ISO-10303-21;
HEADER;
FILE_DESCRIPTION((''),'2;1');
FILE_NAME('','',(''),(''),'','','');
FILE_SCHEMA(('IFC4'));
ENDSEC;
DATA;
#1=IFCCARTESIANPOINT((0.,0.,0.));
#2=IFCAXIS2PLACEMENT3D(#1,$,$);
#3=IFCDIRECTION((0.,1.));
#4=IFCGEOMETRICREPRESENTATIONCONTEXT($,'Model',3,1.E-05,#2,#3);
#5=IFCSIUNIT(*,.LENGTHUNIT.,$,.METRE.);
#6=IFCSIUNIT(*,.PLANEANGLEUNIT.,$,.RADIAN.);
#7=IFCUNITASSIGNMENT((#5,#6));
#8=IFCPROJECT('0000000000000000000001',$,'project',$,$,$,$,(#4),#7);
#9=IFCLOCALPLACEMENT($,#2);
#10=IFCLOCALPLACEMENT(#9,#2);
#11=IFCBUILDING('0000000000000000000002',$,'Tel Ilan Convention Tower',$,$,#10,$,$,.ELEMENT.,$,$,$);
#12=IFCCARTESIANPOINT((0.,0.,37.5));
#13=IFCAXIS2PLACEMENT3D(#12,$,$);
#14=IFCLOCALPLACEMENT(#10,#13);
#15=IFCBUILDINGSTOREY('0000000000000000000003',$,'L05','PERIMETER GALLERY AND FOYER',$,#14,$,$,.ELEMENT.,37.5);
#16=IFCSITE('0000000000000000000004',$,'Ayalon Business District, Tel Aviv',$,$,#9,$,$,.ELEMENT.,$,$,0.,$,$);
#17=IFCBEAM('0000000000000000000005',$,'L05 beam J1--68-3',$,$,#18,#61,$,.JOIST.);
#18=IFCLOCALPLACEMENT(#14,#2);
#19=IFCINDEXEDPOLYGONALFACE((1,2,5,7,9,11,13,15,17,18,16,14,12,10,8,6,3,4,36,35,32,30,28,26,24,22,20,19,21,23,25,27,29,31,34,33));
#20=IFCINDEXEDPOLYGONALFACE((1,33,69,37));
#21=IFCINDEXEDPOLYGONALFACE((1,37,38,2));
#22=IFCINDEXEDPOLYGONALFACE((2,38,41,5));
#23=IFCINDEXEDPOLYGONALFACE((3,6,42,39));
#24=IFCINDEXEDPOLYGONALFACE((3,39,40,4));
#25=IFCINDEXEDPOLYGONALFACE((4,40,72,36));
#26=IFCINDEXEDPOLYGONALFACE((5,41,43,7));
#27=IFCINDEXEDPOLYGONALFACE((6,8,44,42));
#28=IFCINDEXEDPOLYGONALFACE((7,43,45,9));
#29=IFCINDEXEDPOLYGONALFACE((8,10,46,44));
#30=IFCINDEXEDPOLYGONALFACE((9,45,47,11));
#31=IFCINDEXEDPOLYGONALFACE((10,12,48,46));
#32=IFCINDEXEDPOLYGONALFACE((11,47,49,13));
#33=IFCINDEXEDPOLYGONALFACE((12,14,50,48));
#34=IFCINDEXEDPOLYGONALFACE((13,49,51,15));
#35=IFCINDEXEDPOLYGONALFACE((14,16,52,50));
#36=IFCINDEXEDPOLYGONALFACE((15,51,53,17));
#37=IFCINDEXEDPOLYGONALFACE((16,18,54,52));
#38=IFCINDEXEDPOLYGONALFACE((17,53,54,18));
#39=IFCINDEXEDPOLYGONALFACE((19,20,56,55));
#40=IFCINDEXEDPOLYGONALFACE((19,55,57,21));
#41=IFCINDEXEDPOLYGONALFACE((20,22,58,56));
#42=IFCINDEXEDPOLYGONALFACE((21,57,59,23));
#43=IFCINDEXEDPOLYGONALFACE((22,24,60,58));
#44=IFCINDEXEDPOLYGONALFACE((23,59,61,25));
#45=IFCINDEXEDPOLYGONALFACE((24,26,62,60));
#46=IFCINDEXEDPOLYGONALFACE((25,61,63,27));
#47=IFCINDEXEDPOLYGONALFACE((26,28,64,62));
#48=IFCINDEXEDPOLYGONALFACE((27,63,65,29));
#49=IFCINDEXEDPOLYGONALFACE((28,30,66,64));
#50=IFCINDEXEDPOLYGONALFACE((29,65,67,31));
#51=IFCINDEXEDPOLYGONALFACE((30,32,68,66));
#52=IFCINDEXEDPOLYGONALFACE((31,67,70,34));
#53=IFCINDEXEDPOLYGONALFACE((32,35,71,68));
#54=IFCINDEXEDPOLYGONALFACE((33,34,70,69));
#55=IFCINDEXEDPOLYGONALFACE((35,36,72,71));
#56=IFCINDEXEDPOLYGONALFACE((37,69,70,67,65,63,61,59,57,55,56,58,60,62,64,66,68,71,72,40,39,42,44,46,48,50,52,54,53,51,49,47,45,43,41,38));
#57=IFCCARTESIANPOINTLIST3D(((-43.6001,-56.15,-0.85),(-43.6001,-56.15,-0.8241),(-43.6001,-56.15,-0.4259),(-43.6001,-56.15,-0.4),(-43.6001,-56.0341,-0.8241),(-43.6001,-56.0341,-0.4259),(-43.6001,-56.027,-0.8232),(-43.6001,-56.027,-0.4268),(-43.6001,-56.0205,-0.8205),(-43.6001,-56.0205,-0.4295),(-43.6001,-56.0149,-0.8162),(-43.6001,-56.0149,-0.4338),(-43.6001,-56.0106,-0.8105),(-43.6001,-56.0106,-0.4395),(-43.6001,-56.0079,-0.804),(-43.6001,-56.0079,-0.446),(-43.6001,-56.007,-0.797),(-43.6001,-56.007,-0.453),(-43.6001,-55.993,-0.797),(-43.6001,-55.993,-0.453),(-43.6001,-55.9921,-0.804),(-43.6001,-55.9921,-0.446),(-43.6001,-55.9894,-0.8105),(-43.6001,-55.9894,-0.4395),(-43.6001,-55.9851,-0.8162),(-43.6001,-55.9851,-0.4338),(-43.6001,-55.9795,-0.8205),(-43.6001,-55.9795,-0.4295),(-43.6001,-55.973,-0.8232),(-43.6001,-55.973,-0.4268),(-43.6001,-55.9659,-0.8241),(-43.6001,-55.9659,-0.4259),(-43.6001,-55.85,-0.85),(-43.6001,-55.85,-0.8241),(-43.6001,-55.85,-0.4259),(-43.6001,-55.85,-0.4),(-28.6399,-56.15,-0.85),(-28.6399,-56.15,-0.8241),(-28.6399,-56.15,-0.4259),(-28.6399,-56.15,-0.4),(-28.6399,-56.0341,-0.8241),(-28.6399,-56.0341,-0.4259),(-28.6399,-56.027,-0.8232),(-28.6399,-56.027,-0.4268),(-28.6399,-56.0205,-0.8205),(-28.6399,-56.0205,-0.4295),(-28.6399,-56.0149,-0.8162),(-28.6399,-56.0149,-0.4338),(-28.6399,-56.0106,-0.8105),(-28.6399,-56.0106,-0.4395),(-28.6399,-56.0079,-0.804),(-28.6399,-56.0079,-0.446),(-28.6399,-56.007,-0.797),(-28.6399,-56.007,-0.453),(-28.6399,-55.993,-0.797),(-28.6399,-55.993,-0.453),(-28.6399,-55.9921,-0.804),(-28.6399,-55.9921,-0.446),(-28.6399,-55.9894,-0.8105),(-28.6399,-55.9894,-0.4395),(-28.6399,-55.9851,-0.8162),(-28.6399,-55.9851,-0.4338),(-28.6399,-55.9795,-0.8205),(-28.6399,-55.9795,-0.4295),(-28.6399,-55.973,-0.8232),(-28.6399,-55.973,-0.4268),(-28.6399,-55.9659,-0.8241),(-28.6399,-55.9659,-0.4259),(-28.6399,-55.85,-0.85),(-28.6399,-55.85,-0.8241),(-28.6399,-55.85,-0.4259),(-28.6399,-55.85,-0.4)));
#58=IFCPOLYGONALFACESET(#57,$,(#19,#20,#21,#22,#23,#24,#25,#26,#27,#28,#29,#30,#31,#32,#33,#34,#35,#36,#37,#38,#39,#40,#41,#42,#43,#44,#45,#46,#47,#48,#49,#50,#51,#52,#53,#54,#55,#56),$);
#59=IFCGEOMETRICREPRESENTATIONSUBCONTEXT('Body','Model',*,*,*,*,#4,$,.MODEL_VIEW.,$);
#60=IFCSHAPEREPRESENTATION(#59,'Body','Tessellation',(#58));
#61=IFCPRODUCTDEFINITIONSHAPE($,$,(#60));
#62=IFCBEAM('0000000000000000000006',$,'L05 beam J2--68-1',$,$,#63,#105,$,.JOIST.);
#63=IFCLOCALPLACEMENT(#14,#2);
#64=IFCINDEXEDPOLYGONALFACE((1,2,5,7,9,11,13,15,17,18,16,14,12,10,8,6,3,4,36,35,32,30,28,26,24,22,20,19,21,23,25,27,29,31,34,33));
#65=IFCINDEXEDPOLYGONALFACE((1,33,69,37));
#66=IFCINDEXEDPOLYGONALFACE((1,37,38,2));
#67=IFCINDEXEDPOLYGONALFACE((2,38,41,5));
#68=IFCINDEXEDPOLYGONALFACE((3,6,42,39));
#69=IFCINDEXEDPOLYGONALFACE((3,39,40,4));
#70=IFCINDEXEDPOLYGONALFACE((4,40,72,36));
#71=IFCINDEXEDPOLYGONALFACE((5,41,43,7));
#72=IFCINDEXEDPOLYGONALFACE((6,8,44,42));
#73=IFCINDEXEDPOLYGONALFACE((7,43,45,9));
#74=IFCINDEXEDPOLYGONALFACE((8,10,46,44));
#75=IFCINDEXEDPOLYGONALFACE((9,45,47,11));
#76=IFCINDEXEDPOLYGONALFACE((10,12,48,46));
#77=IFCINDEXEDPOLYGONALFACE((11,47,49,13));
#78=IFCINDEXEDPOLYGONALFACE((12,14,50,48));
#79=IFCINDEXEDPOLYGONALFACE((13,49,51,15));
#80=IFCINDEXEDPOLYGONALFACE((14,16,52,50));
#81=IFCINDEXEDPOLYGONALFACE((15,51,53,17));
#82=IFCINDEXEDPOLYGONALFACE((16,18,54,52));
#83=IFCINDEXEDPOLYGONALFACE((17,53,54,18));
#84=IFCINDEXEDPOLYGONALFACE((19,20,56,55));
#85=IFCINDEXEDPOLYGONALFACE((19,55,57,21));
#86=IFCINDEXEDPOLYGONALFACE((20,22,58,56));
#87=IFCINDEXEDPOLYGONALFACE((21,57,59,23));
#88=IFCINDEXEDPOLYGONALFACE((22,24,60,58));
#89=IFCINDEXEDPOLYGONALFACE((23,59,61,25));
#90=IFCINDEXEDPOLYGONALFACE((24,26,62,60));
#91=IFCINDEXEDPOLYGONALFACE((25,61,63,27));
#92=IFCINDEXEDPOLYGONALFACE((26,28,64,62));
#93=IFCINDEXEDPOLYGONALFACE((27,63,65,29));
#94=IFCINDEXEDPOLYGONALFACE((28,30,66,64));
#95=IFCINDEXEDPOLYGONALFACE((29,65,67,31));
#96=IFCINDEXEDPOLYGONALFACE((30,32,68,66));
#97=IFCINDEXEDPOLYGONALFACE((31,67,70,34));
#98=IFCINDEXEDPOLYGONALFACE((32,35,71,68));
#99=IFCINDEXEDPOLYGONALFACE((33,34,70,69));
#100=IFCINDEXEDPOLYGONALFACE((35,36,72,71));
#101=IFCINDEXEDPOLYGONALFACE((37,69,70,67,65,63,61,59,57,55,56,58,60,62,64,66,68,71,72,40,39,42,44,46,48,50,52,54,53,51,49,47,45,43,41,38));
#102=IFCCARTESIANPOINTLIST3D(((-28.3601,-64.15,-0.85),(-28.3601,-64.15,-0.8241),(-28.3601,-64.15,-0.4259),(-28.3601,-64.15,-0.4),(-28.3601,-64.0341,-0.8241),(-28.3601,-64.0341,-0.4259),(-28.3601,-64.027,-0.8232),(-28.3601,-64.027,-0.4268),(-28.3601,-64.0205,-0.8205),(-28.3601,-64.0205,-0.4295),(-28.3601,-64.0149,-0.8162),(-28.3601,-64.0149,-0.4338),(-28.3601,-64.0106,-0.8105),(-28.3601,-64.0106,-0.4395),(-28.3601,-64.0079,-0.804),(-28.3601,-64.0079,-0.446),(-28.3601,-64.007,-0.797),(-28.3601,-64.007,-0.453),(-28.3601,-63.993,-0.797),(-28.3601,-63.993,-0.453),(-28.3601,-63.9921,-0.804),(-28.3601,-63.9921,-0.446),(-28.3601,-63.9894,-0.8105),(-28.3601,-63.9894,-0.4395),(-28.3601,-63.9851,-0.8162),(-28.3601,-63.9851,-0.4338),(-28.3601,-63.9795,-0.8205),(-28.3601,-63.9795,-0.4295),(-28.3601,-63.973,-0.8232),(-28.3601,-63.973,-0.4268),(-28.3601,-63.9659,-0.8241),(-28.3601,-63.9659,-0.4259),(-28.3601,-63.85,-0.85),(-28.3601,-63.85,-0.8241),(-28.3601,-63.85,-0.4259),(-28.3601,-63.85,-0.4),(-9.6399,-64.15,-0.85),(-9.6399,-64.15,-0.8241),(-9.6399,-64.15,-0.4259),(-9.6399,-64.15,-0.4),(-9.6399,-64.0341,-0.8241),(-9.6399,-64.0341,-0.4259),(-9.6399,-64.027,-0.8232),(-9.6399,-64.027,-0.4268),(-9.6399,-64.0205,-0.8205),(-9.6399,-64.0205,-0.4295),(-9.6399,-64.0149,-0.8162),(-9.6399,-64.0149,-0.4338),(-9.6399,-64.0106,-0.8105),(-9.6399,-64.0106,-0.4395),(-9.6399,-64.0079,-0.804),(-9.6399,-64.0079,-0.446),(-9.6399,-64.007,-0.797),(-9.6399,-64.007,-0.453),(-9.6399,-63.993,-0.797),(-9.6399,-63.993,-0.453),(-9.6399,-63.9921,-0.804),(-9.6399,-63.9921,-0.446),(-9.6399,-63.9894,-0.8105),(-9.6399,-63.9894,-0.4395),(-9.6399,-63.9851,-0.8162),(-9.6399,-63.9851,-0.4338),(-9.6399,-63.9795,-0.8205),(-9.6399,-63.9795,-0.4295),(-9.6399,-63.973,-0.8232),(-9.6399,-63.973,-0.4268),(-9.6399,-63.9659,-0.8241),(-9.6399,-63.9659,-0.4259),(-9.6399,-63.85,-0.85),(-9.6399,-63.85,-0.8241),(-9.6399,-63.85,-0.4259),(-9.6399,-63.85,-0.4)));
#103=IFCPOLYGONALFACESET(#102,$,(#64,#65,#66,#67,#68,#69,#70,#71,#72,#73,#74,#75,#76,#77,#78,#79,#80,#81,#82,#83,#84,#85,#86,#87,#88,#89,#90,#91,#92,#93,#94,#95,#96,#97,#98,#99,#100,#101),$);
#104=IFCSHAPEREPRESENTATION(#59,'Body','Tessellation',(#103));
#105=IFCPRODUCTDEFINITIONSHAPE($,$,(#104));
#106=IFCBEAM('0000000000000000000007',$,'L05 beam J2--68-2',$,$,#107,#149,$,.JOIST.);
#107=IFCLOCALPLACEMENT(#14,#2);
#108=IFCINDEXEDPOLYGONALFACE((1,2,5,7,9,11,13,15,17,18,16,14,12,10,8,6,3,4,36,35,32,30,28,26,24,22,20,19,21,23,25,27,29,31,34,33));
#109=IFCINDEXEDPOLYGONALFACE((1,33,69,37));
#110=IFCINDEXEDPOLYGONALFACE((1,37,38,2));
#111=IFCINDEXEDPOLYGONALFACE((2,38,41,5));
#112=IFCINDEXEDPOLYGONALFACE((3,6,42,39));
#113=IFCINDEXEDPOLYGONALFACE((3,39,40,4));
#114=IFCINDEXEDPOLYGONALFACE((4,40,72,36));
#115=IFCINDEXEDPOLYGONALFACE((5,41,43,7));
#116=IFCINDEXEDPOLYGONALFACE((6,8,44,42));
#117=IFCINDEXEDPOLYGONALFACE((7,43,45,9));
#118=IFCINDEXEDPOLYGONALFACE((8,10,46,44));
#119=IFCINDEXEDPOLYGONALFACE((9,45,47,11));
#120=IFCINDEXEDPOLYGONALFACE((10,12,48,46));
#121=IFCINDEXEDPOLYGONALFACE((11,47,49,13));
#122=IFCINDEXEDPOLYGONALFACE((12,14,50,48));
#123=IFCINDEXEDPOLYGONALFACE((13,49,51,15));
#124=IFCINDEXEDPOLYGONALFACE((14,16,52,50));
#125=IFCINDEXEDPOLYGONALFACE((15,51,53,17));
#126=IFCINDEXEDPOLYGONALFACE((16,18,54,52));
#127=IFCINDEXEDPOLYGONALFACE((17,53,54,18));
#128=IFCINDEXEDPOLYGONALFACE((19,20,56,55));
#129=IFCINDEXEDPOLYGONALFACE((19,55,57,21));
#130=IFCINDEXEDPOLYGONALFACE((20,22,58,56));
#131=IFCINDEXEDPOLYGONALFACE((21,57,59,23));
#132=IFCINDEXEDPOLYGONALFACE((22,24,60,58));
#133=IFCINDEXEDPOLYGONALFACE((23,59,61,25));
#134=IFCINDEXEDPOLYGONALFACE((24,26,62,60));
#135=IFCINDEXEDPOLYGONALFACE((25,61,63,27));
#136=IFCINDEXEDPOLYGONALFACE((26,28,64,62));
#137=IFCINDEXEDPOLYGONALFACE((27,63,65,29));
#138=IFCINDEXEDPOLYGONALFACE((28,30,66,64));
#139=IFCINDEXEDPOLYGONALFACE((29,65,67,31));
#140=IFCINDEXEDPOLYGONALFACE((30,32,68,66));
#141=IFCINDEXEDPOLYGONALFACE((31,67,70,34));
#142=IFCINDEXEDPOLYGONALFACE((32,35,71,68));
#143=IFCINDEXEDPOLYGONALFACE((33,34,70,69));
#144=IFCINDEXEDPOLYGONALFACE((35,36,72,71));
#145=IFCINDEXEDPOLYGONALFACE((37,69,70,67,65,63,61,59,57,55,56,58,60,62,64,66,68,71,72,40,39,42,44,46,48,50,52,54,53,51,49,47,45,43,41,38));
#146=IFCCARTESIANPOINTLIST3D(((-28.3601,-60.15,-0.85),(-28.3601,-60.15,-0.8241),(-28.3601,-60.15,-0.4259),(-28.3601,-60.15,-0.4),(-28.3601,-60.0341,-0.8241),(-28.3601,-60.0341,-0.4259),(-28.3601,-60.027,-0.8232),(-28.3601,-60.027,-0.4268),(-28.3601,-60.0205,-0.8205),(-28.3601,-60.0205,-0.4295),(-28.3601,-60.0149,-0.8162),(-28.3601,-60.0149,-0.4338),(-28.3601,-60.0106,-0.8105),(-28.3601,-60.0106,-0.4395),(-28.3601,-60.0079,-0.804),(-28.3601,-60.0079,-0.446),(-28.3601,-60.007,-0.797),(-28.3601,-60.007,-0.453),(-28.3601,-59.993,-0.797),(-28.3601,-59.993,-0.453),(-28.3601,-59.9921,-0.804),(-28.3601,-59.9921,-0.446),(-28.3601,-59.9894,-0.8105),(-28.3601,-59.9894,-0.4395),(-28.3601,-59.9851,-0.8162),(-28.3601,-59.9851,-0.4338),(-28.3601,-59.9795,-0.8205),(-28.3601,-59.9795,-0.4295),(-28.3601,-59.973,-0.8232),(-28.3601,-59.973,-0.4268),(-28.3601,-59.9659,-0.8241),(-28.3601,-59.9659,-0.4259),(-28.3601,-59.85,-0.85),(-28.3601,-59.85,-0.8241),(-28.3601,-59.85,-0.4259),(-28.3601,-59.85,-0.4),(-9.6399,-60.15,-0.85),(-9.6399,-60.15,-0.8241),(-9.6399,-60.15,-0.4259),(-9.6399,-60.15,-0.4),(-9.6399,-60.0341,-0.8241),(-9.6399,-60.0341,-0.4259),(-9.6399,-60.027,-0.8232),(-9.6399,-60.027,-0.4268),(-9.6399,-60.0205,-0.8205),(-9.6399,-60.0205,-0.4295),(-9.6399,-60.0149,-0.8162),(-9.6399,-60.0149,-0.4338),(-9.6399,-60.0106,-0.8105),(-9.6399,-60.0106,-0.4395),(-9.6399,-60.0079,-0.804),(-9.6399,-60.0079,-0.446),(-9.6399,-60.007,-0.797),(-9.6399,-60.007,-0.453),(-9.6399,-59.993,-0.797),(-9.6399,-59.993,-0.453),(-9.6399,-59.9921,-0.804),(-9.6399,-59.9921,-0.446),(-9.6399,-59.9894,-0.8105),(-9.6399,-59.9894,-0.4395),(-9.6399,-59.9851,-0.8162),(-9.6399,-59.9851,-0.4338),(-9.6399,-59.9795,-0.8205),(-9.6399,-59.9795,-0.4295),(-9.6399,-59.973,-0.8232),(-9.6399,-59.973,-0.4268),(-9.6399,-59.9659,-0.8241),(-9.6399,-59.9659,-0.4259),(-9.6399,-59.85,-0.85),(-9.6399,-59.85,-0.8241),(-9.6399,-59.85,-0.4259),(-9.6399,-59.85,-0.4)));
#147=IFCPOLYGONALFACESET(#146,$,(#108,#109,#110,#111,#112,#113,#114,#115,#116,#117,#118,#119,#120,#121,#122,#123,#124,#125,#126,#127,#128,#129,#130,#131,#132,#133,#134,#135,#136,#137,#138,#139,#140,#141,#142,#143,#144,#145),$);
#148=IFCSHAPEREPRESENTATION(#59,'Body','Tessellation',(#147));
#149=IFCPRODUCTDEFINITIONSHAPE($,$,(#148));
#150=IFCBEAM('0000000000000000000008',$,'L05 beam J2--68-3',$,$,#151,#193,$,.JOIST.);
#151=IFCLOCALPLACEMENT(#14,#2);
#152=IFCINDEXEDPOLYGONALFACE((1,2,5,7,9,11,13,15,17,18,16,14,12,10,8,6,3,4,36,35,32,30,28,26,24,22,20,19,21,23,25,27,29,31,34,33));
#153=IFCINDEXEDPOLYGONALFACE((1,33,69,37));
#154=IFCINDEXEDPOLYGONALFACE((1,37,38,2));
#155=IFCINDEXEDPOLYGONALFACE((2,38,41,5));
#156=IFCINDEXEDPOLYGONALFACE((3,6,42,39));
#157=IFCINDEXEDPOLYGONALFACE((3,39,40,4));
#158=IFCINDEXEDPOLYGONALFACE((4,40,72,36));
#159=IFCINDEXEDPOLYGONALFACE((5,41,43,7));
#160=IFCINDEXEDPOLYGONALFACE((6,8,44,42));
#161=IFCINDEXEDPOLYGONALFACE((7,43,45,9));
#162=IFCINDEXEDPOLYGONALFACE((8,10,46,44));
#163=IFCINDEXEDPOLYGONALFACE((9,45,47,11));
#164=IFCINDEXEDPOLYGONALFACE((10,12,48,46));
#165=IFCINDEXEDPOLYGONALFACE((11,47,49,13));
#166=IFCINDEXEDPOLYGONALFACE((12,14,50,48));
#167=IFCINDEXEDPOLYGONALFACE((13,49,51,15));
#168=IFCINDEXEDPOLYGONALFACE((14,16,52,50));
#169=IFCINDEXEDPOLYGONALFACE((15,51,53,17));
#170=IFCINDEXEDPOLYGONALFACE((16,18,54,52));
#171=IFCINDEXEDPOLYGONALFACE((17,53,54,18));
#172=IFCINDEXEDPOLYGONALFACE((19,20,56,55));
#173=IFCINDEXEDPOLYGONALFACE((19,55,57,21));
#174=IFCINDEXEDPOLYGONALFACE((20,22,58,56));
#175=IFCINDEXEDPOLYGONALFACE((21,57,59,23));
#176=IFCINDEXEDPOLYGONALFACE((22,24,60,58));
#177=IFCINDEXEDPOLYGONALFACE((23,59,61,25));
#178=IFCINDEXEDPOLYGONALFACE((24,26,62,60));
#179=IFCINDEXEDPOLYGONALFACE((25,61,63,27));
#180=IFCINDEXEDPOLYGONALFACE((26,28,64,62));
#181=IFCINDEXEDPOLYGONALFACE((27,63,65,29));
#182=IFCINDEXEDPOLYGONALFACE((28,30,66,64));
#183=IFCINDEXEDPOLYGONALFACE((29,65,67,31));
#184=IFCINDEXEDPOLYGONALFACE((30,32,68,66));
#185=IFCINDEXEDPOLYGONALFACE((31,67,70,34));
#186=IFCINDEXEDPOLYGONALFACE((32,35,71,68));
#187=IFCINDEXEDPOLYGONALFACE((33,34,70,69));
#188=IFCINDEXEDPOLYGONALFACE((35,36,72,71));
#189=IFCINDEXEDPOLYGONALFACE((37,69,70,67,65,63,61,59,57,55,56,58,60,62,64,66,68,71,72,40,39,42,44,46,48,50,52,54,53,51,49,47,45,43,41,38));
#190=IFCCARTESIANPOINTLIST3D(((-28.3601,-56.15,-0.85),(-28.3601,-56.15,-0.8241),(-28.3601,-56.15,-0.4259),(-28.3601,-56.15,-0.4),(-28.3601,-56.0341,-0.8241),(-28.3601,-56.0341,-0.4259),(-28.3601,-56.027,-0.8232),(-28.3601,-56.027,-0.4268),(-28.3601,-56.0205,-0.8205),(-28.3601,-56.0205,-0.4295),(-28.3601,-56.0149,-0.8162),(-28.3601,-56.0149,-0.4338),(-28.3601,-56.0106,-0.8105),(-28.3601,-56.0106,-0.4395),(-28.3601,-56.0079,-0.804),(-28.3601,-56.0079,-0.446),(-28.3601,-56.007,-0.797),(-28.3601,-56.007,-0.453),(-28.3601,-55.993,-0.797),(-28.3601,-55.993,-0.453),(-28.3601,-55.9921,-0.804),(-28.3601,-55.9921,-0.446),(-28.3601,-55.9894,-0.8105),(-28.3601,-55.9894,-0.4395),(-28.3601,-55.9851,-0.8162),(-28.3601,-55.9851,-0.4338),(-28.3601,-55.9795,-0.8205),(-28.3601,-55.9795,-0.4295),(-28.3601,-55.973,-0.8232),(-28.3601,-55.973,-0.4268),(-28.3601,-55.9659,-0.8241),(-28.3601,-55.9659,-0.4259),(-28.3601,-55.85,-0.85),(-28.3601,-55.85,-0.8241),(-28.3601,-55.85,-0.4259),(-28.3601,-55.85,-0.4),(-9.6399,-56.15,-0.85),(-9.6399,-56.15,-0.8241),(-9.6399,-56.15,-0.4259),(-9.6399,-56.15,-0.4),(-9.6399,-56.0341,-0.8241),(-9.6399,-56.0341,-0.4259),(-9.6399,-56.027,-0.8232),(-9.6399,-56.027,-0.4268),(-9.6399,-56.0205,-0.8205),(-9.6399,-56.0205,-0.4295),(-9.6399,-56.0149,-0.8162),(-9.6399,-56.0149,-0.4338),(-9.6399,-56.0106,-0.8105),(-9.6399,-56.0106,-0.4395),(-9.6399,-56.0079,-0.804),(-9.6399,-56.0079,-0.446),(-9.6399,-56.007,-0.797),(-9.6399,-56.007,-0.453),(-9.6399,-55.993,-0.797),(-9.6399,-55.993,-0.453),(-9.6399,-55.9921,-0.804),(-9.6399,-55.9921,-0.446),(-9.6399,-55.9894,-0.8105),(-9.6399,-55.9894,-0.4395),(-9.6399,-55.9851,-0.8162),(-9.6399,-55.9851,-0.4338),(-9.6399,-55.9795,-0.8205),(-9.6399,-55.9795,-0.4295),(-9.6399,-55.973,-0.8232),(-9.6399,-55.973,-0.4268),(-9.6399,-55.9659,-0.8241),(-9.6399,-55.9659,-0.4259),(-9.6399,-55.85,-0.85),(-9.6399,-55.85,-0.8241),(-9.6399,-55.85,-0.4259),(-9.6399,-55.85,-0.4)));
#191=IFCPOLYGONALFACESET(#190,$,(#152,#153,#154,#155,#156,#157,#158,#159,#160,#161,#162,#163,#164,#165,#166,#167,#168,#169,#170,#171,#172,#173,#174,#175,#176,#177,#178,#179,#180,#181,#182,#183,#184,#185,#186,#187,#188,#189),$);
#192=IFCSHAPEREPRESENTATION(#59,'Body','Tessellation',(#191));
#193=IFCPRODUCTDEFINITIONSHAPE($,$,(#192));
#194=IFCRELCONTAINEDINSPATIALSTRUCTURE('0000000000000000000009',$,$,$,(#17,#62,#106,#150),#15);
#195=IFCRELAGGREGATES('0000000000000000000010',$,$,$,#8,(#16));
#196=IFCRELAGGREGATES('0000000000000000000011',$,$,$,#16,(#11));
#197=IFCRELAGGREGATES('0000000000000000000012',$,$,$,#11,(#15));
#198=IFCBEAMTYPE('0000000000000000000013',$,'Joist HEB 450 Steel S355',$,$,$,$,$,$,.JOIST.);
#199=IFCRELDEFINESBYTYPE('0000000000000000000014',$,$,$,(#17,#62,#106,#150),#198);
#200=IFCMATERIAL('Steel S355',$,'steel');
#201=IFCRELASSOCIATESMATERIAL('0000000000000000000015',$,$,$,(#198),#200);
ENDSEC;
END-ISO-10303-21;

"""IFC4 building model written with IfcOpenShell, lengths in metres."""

from ifc_helpers import new_model, si_unit, direction, frame, origin, origin_2d, place, context, subcontext, project, spatial, i_section, extrude, material, material_profile, profile_set, type_object, element, save


model = new_model("IFC4")

# Units and contexts
model_context = context("Model", 3, precision=1e-05, world=origin(), true_north=direction((0.0, 1.0)))
body_context = subcontext(model_context, "Body", "Model", "MODEL_VIEW")
ifc_project = project(units=[si_unit("LENGTHUNIT", "METRE"), si_unit("PLANEANGLEUNIT", "RADIAN")], contexts=[model_context])

# Site, building, storey
site_placement = place(None, origin())
site = spatial("IfcSite", under=ifc_project, at=site_placement, Name="Ayalon Business District, Tel Aviv", CompositionType="ELEMENT", RefElevation=0.0)
building_placement = place(site_placement, origin())
building = spatial("IfcBuilding", under=site, at=building_placement, Name="Tel Ilan Convention Tower", CompositionType="ELEMENT")
storey_placement = place(building_placement, frame((0.0, 0.0, 37.5)))
storey = spatial("IfcBuildingStorey", under=building, at=storey_placement, Name="L05", Description="PERIMETER GALLERY AND FOYER", CompositionType="ELEMENT", Elevation=37.5)

# Beams
ifc_material_1 = material(Name="Steel S355", Category="steel")
ifc_material_profile_1 = material_profile(ifc_material_1, i_section(OverallWidth=0.3, OverallDepth=0.45, WebThickness=0.0139, FlangeThickness=0.0259, FilletRadius=0.0271, at=origin_2d()), Name="HEB 450")
ifc_profile_set_1 = profile_set([ifc_material_profile_1], Name="Steel S355")
beam_type_1 = type_object("IfcBeamType", Name="Joist HEB 450 Steel S355", PredefinedType="JOIST", material=ifc_profile_set_1)
for number, where, z_axis, x_axis, name in (
    (1, (-43.6001, -56.0, -0.625), (1.0, 0.0, 0.0), (0.0, 1.0, 0.0), "L05 beam J1--68-3"),
):
    element("IfcBeam", number, at=place(storey_placement, frame(where, z_axis=z_axis, x_axis=x_axis)), inside=storey, type_object=beam_type_1, Name=name, PredefinedType="JOIST", context=body_context, shape_type="SweptSolid", body=[
        extrude(i_section(OverallWidth=0.3, OverallDepth=0.45, WebThickness=0.0139, FlangeThickness=0.0259, FilletRadius=0.0271, at=origin_2d()), origin(), (0.0, 0.0, 1.0), 14.9602),
    ])
for number, where, z_axis, x_axis, name in (
    (2, (-28.3601, -64.0, -0.625), (1.0, 0.0, 0.0), (0.0, 1.0, 0.0), "L05 beam J2--68-1"),
    (3, (-28.3601, -60.0, -0.625), (1.0, 0.0, 0.0), (0.0, 1.0, 0.0), "L05 beam J2--68-2"),
    (4, (-28.3601, -56.0, -0.625), (1.0, 0.0, 0.0), (0.0, 1.0, 0.0), "L05 beam J2--68-3"),
):
    element("IfcBeam", number, at=place(storey_placement, frame(where, z_axis=z_axis, x_axis=x_axis)), inside=storey, type_object=beam_type_1, Name=name, PredefinedType="JOIST", context=body_context, shape_type="SweptSolid", body=[
        extrude(i_section(OverallWidth=0.3, OverallDepth=0.45, WebThickness=0.0139, FlangeThickness=0.0259, FilletRadius=0.0271, at=origin_2d()), origin(), (0.0, 0.0, 1.0), 18.7202),
    ])

save(model, "model.ifc")
